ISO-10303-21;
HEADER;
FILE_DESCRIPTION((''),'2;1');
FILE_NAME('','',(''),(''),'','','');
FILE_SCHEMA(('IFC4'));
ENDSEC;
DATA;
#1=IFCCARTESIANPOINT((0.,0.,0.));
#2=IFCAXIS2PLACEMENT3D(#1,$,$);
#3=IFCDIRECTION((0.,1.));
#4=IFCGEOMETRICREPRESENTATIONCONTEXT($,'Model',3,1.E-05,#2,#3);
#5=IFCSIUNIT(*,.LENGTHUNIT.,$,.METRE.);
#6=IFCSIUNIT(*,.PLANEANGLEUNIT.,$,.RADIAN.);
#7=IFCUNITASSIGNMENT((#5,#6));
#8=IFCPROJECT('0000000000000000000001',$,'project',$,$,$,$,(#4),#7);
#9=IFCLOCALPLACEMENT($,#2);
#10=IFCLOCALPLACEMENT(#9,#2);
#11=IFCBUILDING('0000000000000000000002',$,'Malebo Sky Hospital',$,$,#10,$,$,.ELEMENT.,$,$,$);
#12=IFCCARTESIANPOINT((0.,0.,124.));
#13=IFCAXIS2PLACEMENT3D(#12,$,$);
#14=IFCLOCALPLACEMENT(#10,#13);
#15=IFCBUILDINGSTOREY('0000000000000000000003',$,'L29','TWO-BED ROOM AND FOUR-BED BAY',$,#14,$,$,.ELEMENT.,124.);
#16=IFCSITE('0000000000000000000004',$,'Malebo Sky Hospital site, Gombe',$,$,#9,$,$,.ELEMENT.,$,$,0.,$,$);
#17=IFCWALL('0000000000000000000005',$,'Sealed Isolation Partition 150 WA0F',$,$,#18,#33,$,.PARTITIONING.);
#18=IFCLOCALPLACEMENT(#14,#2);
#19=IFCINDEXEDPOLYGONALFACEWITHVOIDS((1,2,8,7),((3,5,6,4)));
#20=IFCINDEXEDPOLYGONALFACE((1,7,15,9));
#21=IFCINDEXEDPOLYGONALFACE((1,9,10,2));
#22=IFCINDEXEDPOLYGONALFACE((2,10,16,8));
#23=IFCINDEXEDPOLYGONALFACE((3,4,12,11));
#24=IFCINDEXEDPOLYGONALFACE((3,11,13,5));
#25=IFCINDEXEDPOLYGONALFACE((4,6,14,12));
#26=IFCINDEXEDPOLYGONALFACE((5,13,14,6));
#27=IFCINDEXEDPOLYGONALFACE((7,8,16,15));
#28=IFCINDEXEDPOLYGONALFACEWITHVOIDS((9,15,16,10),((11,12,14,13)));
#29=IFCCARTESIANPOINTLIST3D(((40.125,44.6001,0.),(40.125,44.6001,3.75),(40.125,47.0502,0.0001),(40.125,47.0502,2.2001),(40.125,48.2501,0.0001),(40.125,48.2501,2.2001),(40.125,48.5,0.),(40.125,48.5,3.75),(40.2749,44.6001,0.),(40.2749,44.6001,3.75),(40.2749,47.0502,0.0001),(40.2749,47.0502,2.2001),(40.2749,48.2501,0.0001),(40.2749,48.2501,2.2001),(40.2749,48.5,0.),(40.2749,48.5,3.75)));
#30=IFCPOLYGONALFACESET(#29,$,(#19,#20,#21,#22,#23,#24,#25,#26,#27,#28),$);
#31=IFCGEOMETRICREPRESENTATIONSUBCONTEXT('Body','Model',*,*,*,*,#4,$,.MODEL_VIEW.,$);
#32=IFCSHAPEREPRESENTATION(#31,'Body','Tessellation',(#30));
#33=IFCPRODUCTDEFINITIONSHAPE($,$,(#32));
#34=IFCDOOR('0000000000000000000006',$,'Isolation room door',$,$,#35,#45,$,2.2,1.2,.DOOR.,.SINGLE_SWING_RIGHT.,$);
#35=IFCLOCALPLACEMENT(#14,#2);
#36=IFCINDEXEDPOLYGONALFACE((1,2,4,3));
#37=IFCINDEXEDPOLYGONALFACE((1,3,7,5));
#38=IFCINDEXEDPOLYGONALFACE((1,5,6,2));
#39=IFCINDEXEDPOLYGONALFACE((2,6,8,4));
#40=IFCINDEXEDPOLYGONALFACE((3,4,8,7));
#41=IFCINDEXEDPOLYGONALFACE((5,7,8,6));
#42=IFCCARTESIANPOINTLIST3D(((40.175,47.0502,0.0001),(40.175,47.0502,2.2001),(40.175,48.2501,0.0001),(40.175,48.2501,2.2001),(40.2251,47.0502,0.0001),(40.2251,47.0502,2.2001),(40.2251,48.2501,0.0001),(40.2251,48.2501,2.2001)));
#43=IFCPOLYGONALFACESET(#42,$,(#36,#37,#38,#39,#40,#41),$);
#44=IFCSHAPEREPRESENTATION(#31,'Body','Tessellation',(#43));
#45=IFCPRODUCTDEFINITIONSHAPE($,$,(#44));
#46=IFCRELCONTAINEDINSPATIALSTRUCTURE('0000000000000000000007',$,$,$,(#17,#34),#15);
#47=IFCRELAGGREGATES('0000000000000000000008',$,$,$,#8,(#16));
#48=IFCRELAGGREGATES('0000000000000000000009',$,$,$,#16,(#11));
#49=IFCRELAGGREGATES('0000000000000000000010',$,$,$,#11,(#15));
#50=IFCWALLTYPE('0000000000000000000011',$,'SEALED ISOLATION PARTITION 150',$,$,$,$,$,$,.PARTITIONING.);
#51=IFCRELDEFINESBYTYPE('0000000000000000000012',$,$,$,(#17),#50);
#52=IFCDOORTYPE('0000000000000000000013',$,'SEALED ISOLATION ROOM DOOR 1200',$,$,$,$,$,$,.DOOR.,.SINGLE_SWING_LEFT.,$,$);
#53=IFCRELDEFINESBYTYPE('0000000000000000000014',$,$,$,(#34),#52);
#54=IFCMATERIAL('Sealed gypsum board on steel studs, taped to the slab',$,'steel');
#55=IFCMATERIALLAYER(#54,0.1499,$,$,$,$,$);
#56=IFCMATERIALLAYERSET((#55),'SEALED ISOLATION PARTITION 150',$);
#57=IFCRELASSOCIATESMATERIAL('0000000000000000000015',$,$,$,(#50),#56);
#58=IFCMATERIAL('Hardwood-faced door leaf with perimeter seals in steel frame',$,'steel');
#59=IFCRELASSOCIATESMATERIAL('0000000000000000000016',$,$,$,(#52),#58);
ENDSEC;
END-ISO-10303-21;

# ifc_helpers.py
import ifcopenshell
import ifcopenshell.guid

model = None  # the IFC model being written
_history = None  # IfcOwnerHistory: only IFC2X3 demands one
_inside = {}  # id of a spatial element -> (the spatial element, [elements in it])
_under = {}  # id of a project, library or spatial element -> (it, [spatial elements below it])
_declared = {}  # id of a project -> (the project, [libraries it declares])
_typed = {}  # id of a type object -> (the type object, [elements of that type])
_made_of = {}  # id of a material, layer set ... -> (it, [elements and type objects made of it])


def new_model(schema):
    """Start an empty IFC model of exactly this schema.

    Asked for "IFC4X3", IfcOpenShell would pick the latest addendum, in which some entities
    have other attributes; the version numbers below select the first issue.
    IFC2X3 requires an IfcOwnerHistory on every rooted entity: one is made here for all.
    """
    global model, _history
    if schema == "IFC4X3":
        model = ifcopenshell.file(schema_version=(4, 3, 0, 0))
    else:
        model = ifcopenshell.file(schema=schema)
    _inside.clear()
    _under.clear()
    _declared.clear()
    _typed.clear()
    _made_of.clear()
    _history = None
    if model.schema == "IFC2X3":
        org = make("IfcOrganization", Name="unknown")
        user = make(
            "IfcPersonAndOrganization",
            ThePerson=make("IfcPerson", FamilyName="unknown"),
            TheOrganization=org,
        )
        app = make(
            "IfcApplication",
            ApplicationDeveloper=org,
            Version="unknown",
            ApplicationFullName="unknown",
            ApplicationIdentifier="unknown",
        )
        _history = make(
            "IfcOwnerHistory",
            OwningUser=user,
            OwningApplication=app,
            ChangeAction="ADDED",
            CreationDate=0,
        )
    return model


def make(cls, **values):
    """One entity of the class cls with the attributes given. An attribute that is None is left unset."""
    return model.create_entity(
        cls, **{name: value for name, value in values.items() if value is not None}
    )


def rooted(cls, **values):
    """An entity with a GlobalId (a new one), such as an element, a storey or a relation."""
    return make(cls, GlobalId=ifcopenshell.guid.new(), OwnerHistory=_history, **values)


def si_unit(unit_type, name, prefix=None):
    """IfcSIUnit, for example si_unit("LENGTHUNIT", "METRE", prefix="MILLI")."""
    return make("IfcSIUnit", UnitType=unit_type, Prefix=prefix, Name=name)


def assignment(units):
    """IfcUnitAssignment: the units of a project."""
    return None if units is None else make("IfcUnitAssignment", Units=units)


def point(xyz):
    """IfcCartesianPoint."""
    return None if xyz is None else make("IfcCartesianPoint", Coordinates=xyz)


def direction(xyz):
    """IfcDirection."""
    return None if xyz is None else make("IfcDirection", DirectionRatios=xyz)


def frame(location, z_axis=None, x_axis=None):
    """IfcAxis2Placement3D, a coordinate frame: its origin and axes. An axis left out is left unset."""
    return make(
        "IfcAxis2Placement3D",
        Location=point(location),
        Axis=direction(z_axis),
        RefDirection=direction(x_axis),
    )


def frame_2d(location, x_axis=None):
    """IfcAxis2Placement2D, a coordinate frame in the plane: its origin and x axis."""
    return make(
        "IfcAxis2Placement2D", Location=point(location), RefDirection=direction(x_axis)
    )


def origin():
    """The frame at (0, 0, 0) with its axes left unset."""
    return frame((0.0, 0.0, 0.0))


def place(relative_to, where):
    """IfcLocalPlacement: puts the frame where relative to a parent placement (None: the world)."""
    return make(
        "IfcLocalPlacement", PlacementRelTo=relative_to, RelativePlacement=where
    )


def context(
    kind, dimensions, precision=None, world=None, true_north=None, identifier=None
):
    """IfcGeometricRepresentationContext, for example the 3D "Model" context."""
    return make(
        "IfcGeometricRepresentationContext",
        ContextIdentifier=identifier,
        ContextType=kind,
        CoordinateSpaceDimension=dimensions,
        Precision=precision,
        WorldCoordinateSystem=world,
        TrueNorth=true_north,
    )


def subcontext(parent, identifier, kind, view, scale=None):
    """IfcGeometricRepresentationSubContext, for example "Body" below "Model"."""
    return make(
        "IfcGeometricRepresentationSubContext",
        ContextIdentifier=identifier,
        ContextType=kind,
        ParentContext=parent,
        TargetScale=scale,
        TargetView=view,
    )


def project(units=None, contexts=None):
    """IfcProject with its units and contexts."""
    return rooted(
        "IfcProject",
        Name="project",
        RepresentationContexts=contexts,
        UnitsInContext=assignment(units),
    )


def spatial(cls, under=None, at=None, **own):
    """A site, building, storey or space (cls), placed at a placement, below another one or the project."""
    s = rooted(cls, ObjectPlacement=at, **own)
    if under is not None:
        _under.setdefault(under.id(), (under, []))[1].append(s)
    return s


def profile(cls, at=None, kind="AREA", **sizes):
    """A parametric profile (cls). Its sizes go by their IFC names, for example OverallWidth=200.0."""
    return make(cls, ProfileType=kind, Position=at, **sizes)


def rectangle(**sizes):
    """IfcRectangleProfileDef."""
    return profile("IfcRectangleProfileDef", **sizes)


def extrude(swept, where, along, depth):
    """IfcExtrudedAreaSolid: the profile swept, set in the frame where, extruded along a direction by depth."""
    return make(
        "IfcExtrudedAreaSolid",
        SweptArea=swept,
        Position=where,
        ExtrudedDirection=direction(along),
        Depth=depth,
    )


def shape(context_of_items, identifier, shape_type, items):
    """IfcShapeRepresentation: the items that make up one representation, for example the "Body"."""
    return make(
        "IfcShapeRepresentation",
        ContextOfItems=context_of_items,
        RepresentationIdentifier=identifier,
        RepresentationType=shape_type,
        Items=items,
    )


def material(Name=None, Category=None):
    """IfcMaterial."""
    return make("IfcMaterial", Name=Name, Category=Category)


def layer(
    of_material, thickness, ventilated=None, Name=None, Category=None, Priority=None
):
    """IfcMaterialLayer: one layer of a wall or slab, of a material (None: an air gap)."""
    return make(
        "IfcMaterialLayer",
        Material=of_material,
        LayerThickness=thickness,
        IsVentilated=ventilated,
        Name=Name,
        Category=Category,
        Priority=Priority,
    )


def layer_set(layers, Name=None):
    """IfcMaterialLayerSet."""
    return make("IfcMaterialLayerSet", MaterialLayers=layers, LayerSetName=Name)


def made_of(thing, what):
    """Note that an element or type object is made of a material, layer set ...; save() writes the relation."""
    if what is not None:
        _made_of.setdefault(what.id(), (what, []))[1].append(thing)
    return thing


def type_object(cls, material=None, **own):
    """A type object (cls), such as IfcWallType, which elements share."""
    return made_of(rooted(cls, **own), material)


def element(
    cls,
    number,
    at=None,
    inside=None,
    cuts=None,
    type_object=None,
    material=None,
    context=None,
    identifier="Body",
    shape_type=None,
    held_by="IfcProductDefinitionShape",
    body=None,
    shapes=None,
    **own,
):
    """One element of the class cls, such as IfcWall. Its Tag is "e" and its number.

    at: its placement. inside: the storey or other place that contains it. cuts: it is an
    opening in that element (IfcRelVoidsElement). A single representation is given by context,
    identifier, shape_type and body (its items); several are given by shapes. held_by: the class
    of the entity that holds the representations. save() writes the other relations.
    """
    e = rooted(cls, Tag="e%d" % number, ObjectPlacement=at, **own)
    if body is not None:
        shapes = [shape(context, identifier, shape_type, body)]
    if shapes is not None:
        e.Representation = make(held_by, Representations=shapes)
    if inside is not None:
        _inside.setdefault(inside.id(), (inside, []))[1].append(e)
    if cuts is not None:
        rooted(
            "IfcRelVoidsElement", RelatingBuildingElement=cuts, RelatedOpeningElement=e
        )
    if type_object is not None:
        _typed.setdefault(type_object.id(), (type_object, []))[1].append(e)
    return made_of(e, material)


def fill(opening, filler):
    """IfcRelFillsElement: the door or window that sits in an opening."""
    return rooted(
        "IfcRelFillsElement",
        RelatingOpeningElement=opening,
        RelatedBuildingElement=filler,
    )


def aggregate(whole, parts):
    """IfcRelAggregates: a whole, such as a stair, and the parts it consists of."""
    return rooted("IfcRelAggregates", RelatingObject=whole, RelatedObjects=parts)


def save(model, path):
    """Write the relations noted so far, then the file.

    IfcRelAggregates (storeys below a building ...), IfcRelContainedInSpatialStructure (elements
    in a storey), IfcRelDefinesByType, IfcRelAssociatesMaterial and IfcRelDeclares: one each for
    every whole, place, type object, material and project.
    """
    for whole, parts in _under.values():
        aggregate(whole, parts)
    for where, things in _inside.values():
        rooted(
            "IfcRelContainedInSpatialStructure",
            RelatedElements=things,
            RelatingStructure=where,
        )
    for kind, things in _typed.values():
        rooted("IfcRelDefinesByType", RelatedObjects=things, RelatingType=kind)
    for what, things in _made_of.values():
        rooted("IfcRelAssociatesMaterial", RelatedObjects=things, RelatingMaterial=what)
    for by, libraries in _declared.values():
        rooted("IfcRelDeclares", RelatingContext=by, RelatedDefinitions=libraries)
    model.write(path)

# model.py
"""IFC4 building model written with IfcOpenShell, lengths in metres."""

from ifc_helpers import new_model, si_unit, direction, frame, frame_2d, origin, place, context, subcontext, project, spatial, rectangle, extrude, material, layer, layer_set, type_object, element, fill, save


model = new_model("IFC4")

# Units and contexts
model_context = context("Model", 3, precision=1e-05, world=origin(), true_north=direction((0.0, 1.0)))
body_context = subcontext(model_context, "Body", "Model", "MODEL_VIEW")
ifc_project = project(units=[si_unit("LENGTHUNIT", "METRE"), si_unit("PLANEANGLEUNIT", "RADIAN")], contexts=[model_context])

# Site, building, storey
site_placement = place(None, origin())
site = spatial("IfcSite", under=ifc_project, at=site_placement, Name="Malebo Sky Hospital site, Gombe", CompositionType="ELEMENT", RefElevation=0.0)
building_placement = place(site_placement, origin())
building = spatial("IfcBuilding", under=site, at=building_placement, Name="Malebo Sky Hospital", CompositionType="ELEMENT")
storey_placement = place(building_placement, frame((0.0, 0.0, 124.0)))
storey = spatial("IfcBuildingStorey", under=building, at=storey_placement, Name="L29", Description="TWO-BED ROOM AND FOUR-BED BAY", CompositionType="ELEMENT", Elevation=124.0)

# Wall, opening, door
ifc_material_1 = material(Name="Sealed gypsum board on steel studs, taped to the slab", Category="steel")
ifc_layer_1 = layer(ifc_material_1, 0.1499)
ifc_layer_set_1 = layer_set([ifc_layer_1], Name="SEALED ISOLATION PARTITION 150")
wall_type_1 = type_object("IfcWallType", Name="SEALED ISOLATION PARTITION 150", PredefinedType="PARTITIONING", material=ifc_layer_set_1)
wall_1_placement = place(storey_placement, frame((40.2, 44.6001, 0.0), z_axis=(0.0, 0.0, 1.0), x_axis=(0.0, 1.0, 0.0)))
wall_1 = element("IfcWall", 1, at=wall_1_placement, inside=storey, type_object=wall_type_1, Name="Sealed Isolation Partition 150 WA0F", PredefinedType="PARTITIONING", context=body_context, shape_type="SweptSolid", body=[
    extrude(rectangle(XDim=3.8999, YDim=0.1499, at=frame_2d((1.95, 0.0))), origin(), (0.0, 0.0, 1.0), 3.75),
])
opening_1_placement = place(wall_1_placement, frame((2.45, 0.0, 0.0)))
opening_1 = element("IfcOpeningElement", 2, at=opening_1_placement, cuts=wall_1, PredefinedType="OPENING", context=body_context, shape_type="SweptSolid", body=[
    extrude(rectangle(XDim=1.2, YDim=2.2, at=frame_2d((0.6001, 1.1001))), frame((0.0, 0.085, 0.0), z_axis=(0.0, -1.0, 0.0), x_axis=(1.0, 0.0, 0.0)), (0.0, 0.0, 1.0), 0.1699),
])
ifc_material_2 = material(Name="Hardwood-faced door leaf with perimeter seals in steel frame", Category="steel")
door_type_1 = type_object("IfcDoorType", Name="SEALED ISOLATION ROOM DOOR 1200", OperationType="SINGLE_SWING_LEFT", PredefinedType="DOOR", material=ifc_material_2)
door_1_placement = place(opening_1_placement, origin())
door_1 = element("IfcDoor", 3, at=door_1_placement, inside=storey, type_object=door_type_1, Name="Isolation room door", OperationType="SINGLE_SWING_RIGHT", OverallHeight=2.2, OverallWidth=1.2, PredefinedType="DOOR", context=body_context, shape_type="SweptSolid", body=[
    extrude(rectangle(XDim=1.2, YDim=2.2, at=frame_2d((0.6001, 1.1001))), frame((0.0, 0.0249, 0.0), z_axis=(0.0, -1.0, 0.0), x_axis=(1.0, 0.0, 0.0)), (0.0, 0.0, 1.0), 0.05),
])
fill(opening_1, door_1)

save(model, "model.ifc")
